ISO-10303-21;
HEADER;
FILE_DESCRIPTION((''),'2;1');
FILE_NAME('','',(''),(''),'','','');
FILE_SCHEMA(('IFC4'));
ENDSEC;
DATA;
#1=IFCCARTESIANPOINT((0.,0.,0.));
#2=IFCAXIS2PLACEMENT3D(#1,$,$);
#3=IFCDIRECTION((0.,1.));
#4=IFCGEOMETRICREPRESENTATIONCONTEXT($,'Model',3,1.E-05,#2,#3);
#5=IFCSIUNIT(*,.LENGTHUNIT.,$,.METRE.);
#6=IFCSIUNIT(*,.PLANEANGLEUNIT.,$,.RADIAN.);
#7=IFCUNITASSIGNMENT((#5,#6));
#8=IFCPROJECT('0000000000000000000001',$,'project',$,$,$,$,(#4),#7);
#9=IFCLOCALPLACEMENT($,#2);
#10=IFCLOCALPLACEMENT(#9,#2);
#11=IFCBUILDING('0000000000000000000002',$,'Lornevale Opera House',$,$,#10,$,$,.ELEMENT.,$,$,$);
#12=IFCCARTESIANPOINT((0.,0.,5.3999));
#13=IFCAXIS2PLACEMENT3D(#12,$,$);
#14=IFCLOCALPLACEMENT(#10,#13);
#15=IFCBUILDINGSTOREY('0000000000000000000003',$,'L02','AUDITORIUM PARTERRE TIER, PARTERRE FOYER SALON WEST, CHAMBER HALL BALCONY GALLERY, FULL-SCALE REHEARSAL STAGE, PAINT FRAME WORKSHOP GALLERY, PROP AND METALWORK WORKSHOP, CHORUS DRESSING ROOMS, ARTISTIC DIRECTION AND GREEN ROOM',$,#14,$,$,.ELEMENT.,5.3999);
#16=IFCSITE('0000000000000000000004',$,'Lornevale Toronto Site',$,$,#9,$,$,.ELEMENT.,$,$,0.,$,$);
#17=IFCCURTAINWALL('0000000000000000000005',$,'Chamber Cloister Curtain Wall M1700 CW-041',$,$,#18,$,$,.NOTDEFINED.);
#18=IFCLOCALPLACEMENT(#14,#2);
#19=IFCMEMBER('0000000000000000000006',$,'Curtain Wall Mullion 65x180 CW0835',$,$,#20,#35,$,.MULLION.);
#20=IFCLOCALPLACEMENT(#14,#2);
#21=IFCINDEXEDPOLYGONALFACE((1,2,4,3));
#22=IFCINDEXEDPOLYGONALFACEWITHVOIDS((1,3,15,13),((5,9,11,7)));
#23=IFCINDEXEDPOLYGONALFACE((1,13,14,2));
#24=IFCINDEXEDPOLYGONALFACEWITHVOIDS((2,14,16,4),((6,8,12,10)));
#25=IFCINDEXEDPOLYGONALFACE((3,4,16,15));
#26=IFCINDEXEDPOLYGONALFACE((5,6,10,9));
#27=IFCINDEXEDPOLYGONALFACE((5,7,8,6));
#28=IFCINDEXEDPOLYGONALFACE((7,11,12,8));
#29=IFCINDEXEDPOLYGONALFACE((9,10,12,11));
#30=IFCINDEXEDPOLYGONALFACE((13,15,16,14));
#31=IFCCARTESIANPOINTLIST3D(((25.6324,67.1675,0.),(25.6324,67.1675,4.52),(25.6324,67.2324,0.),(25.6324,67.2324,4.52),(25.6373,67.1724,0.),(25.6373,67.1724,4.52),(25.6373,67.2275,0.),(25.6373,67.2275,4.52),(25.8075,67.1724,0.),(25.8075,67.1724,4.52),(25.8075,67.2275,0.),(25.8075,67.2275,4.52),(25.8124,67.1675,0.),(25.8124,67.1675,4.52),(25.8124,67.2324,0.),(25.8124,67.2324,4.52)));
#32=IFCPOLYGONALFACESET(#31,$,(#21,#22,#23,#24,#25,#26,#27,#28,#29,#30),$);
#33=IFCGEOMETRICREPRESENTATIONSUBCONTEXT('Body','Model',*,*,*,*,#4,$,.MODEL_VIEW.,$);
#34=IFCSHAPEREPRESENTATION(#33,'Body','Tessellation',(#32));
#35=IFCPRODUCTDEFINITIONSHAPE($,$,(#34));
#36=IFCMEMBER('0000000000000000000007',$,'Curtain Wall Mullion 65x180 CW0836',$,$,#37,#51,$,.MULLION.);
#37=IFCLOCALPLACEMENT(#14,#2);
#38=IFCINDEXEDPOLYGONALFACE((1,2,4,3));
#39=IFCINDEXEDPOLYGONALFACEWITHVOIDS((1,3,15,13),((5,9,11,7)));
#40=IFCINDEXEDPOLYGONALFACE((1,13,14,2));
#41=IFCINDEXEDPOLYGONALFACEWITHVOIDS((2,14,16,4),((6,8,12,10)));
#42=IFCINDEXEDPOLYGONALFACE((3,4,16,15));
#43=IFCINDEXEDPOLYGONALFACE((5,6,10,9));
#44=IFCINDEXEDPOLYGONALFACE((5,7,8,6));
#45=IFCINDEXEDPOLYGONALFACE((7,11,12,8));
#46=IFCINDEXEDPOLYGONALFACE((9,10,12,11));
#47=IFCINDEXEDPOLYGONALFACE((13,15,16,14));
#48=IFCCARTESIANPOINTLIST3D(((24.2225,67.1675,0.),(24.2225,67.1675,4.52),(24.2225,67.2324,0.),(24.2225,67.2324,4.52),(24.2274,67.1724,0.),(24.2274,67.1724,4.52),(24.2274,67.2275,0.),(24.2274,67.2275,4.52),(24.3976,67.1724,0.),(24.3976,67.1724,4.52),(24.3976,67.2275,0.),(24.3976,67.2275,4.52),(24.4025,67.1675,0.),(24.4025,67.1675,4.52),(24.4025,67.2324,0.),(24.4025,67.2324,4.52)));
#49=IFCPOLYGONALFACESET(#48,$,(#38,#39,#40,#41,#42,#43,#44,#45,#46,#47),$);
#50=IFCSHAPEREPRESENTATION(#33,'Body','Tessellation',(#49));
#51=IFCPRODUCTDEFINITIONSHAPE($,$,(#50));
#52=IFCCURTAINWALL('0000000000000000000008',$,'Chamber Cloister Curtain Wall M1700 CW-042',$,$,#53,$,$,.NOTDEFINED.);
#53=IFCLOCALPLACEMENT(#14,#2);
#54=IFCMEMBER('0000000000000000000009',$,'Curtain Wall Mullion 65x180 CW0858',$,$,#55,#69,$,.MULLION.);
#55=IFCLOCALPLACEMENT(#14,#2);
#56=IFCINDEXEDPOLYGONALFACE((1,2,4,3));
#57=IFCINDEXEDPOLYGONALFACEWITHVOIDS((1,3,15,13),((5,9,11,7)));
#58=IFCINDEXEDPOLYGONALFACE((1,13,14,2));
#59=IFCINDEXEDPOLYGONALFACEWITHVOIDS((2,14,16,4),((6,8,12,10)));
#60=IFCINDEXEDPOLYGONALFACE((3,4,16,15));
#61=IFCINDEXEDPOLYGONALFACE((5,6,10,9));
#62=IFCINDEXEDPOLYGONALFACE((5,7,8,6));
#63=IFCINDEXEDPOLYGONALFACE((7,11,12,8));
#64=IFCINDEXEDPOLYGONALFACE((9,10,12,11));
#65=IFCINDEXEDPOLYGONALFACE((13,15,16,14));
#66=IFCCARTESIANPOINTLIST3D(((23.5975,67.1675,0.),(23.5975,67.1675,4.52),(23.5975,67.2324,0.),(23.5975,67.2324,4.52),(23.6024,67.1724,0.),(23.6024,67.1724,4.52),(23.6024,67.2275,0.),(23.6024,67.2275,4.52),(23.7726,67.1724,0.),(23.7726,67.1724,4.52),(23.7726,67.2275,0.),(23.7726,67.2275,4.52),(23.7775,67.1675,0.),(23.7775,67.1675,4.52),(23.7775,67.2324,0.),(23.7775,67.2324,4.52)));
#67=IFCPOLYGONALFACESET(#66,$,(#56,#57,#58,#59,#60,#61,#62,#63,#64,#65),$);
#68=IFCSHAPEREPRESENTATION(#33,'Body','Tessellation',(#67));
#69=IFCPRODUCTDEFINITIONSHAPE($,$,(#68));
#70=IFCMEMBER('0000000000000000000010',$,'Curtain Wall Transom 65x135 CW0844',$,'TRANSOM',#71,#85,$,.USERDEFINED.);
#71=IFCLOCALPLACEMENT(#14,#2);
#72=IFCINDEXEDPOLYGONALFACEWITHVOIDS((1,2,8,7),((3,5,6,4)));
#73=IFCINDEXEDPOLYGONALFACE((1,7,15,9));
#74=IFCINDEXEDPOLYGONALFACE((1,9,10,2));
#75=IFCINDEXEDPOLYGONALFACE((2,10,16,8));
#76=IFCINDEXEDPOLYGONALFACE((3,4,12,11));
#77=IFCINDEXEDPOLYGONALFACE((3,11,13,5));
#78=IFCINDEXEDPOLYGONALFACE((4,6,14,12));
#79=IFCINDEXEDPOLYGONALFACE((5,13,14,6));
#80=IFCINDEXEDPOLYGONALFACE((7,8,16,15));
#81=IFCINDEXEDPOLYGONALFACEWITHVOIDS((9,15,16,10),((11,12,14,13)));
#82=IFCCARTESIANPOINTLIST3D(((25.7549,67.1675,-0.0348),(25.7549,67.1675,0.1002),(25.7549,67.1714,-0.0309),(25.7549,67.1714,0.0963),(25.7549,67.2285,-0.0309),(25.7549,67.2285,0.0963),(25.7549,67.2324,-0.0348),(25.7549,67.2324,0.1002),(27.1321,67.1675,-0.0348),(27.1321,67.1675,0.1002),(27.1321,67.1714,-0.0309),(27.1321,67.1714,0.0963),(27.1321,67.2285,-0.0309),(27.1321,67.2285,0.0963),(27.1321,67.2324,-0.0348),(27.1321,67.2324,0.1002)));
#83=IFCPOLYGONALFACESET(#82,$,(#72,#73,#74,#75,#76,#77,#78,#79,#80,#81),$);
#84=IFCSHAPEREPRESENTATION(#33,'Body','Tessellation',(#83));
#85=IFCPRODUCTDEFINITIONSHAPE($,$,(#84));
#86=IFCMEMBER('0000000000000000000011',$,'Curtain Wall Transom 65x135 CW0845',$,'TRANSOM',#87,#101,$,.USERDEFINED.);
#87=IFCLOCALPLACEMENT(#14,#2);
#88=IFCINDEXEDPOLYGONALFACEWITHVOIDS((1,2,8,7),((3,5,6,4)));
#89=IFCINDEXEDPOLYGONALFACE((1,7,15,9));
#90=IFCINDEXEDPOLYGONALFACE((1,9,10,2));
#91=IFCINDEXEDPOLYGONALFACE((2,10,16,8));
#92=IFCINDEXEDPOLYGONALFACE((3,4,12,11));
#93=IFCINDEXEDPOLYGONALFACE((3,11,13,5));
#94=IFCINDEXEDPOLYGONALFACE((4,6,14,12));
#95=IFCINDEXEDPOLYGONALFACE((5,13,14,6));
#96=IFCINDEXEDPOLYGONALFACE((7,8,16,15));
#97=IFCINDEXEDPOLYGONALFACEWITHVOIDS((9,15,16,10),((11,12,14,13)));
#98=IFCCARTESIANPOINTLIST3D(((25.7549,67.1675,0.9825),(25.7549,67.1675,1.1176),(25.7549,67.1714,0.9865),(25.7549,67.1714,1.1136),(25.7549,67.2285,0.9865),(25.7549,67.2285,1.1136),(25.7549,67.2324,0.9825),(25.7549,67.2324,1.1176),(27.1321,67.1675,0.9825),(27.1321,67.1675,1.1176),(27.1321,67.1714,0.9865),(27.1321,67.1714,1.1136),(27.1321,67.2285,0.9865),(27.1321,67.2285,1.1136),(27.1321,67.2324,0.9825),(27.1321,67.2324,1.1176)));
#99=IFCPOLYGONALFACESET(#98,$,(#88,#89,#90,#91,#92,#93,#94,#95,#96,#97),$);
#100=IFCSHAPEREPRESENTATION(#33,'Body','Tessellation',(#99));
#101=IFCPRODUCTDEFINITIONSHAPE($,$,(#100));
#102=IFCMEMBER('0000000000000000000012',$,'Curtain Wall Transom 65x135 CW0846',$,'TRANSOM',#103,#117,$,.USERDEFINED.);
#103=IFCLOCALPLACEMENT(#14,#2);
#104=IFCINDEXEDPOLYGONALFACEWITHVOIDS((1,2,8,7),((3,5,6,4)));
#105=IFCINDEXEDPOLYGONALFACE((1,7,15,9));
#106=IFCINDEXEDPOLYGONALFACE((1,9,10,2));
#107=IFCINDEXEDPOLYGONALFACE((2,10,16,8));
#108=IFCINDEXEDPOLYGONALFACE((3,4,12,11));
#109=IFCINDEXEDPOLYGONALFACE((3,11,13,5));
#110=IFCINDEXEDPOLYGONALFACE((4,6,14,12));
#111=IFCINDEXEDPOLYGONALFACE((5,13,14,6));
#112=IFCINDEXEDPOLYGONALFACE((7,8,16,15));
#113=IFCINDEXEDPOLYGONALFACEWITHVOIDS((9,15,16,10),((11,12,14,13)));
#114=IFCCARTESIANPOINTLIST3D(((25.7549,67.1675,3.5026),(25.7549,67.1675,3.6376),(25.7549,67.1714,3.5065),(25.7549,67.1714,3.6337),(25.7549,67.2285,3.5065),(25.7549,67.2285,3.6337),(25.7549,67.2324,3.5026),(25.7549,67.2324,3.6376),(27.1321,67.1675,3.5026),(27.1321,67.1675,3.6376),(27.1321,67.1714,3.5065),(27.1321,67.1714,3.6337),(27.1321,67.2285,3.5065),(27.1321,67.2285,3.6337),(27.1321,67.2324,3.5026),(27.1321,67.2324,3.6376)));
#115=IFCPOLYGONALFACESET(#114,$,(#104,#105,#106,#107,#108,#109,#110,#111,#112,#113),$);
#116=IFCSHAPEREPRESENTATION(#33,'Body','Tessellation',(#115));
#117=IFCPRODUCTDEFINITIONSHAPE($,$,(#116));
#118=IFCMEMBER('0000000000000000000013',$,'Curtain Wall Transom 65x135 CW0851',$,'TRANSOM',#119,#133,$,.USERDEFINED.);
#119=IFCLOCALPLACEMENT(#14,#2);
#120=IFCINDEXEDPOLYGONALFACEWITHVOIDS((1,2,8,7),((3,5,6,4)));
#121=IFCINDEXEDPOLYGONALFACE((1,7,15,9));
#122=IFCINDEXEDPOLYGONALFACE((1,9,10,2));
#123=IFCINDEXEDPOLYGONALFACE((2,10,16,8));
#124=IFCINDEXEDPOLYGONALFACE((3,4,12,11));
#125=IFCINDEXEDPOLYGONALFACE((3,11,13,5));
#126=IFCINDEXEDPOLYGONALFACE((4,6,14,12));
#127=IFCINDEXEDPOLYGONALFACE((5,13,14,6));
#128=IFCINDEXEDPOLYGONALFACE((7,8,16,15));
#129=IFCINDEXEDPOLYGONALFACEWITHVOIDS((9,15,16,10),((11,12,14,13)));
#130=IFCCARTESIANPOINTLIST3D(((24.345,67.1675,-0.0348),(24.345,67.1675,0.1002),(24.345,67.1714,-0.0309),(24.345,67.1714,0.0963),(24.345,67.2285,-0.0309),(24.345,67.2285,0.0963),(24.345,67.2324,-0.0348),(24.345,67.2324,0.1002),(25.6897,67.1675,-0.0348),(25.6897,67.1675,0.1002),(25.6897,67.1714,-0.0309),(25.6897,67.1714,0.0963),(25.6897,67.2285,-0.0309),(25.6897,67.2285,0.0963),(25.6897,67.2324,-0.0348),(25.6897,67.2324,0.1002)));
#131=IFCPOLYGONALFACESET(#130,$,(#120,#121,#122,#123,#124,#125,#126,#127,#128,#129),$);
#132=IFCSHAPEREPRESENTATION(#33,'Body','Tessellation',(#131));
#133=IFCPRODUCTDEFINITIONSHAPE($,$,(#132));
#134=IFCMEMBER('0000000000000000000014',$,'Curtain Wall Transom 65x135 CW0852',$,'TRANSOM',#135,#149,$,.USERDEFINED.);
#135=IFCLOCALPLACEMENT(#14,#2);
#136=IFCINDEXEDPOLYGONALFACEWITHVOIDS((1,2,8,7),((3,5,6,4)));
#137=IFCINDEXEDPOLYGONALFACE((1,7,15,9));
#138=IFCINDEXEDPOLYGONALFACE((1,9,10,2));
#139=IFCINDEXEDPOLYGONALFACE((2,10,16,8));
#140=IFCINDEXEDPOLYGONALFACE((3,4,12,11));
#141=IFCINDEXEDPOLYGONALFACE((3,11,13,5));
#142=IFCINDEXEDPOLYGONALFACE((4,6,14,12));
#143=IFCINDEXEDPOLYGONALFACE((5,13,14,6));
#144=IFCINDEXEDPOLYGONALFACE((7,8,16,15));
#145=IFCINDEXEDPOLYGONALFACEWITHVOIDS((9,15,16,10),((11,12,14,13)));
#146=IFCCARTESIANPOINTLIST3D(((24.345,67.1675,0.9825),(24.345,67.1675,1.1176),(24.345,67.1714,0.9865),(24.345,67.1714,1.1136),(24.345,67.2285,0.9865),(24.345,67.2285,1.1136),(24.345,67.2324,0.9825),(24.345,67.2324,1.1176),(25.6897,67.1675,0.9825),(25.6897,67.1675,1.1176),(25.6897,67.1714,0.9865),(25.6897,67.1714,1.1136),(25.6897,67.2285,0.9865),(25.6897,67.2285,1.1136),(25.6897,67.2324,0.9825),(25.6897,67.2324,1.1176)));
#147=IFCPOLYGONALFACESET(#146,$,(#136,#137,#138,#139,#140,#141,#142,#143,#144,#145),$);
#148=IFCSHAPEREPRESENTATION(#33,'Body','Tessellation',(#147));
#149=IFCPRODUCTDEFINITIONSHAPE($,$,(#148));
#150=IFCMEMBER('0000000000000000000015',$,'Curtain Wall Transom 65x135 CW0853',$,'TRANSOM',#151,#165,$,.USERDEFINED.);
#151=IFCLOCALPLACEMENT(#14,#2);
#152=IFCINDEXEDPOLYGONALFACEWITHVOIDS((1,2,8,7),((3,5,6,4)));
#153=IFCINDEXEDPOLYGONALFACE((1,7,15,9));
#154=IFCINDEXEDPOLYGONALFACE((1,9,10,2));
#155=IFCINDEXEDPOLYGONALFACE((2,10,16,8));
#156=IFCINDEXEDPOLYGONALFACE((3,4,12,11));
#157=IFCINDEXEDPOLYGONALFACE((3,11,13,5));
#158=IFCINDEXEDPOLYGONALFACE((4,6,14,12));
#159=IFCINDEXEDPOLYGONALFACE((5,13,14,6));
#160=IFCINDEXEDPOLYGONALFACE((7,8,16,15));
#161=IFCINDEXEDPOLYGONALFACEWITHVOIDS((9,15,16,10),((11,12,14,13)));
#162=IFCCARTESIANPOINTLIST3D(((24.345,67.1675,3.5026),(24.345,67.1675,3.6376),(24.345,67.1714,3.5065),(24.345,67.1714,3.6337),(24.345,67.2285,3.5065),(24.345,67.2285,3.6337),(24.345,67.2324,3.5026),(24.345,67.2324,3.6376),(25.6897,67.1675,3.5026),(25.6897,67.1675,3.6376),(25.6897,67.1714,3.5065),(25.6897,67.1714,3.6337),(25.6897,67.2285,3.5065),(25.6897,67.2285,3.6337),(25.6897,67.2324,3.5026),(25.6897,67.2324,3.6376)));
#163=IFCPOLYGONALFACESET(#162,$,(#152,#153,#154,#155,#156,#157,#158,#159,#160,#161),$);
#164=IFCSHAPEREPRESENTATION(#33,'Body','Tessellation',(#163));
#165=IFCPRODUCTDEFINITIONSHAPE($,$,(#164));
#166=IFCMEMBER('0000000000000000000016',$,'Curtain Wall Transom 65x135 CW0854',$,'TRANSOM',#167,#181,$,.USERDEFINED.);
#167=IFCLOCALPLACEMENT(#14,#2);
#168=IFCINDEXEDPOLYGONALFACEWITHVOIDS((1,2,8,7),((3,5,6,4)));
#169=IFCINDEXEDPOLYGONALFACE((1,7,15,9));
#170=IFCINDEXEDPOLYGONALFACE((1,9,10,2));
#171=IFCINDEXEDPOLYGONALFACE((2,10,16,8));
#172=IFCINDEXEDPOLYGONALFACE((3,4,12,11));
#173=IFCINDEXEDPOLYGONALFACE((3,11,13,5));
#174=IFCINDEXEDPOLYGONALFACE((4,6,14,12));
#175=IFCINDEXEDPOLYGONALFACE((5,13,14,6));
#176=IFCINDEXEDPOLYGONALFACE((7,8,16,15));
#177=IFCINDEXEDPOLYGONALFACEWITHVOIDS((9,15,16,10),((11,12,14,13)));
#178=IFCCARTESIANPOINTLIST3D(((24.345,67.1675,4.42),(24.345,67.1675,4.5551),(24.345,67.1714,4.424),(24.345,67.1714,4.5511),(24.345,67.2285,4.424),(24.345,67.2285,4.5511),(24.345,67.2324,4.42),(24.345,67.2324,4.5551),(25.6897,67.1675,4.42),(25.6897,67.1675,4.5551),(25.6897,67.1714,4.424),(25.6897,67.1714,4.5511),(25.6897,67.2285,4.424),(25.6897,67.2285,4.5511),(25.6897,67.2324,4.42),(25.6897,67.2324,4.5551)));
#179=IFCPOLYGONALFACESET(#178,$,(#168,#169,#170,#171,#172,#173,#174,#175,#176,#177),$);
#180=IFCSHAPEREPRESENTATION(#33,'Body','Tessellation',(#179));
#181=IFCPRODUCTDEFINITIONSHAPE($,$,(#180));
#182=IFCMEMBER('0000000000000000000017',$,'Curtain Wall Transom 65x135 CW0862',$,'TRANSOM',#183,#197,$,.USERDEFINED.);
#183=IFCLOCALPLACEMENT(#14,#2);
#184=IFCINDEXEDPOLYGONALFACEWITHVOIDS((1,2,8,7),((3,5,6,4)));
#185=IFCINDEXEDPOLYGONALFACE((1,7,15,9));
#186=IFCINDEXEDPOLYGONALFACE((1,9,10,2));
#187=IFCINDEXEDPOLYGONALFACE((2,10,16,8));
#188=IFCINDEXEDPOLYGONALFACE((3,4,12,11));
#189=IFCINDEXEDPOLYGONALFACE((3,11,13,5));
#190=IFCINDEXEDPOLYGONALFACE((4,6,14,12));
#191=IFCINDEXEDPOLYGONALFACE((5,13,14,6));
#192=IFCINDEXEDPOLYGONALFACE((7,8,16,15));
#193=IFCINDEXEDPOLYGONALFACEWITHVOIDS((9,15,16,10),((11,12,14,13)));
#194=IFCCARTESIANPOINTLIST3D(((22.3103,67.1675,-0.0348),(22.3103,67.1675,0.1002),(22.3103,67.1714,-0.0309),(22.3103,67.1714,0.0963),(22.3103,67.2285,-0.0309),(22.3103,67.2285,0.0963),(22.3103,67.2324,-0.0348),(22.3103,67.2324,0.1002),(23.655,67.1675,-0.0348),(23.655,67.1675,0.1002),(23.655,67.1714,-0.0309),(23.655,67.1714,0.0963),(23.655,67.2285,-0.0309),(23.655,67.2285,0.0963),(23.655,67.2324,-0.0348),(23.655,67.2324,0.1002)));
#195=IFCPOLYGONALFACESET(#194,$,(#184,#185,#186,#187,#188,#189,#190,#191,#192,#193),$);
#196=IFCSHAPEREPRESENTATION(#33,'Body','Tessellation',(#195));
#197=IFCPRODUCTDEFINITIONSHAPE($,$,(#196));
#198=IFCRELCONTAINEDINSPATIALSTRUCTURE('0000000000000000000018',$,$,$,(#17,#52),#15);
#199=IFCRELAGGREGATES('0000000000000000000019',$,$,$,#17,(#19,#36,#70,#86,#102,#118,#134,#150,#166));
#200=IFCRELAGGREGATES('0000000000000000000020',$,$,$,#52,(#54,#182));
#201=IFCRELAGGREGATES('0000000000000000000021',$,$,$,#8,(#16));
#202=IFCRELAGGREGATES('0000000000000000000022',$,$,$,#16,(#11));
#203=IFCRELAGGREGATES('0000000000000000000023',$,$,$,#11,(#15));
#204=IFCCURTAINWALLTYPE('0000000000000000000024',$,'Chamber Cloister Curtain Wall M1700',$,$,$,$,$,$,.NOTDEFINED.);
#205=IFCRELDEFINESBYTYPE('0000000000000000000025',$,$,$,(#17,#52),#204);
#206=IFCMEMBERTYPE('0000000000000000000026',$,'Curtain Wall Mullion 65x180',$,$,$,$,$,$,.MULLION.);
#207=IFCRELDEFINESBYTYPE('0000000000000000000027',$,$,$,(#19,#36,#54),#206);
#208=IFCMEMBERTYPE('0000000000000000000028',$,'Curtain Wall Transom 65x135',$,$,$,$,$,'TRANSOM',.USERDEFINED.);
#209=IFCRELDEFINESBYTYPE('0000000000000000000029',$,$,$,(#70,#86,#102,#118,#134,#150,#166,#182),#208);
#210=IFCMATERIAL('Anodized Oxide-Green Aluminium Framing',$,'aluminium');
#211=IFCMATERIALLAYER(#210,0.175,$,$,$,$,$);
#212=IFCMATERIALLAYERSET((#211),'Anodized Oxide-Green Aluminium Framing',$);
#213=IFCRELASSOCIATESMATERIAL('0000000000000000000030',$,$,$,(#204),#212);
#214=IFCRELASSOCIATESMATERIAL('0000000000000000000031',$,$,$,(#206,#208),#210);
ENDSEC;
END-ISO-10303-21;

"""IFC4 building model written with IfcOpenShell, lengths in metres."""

from ifc_helpers import new_model, si_unit, direction, frame, origin, origin_2d, place, context, subcontext, project, spatial, hollow_rectangle, extrude, material, layer, layer_set, material_profile, profile_set, type_object, element, aggregate, save


model = new_model("IFC4")

# Units and contexts
model_context = context("Model", 3, precision=1e-05, world=origin(), true_north=direction((0.0, 1.0)))
body_context = subcontext(model_context, "Body", "Model", "MODEL_VIEW")
ifc_project = project(units=[si_unit("LENGTHUNIT", "METRE"), si_unit("PLANEANGLEUNIT", "RADIAN")], contexts=[model_context])

# Site, building, storey
site_placement = place(None, origin())
site = spatial("IfcSite", under=ifc_project, at=site_placement, Name="Lornevale Toronto Site", CompositionType="ELEMENT", RefElevation=0.0)
building_placement = place(site_placement, origin())
building = spatial("IfcBuilding", under=site, at=building_placement, Name="Lornevale Opera House", CompositionType="ELEMENT")
storey_placement = place(building_placement, frame((0.0, 0.0, 5.3999)))
storey = spatial("IfcBuildingStorey", under=building, at=storey_placement, Name="L02", Description="AUDITORIUM PARTERRE TIER, PARTERRE FOYER SALON WEST, CHAMBER HALL BALCONY GALLERY, FULL-SCALE REHEARSAL STAGE, PAINT FRAME WORKSHOP GALLERY, PROP AND METALWORK WORKSHOP, CHORUS DRESSING ROOMS, ARTISTIC DIRECTION AND GREEN ROOM", CompositionType="ELEMENT", Elevation=5.3999)

# Curtain wall, members
ifc_material_1 = material(Name="Anodized Oxide-Green Aluminium Framing", Category="aluminium")
ifc_layer_1 = layer(ifc_material_1, 0.175)
ifc_layer_set_1 = layer_set([ifc_layer_1], Name="Anodized Oxide-Green Aluminium Framing")
curtain_wall_type = type_object("IfcCurtainWallType", Name="Chamber Cloister Curtain Wall M1700", PredefinedType="NOTDEFINED", material=ifc_layer_set_1)
curtain_wall_1_placement = place(storey_placement, origin())
curtain_wall_1 = element("IfcCurtainWall", 1, at=curtain_wall_1_placement, inside=storey, type_object=curtain_wall_type, Name="Chamber Cloister Curtain Wall M1700 CW-041", PredefinedType="NOTDEFINED")
ifc_material_profile_1 = material_profile(ifc_material_1, hollow_rectangle(XDim=0.0649, YDim=0.1799, WallThickness=0.0049, at=origin_2d()), Name="ALU65x180x5")
ifc_profile_set_1 = profile_set([ifc_material_profile_1], Name="Anodized Oxide-Green Aluminium Framing")
member_type_1 = type_object("IfcMemberType", Name="Curtain Wall Mullion 65x180", PredefinedType="MULLION", material=ifc_profile_set_1)
member_1_placement = place(storey_placement, frame((25.7224, 67.2, 0.0), z_axis=(0.0, 0.0, 1.0), x_axis=(0.0, -1.0, 0.0)))
member_1 = element("IfcMember", 2, at=member_1_placement, type_object=member_type_1, Name="Curtain Wall Mullion 65x180 CW0835", PredefinedType="MULLION", context=body_context, shape_type="SweptSolid", body=[
    extrude(hollow_rectangle(XDim=0.0649, YDim=0.1799, WallThickness=0.0049, at=origin_2d()), origin(), (0.0, 0.0, 1.0), 4.52),
])
member_2_placement = place(storey_placement, frame((24.3125, 67.2, 0.0), z_axis=(0.0, 0.0, 1.0), x_axis=(0.0, -1.0, 0.0)))
member_2 = element("IfcMember", 3, at=member_2_placement, type_object=member_type_1, Name="Curtain Wall Mullion 65x180 CW0836", PredefinedType="MULLION", context=body_context, shape_type="SweptSolid", body=[
    extrude(hollow_rectangle(XDim=0.0649, YDim=0.1799, WallThickness=0.0049, at=origin_2d()), origin(), (0.0, 0.0, 1.0), 4.52),
])

# Curtain wall, member
curtain_wall_2_placement = place(storey_placement, origin())
curtain_wall_2 = element("IfcCurtainWall", 4, at=curtain_wall_2_placement, inside=storey, type_object=curtain_wall_type, Name="Chamber Cloister Curtain Wall M1700 CW-042", PredefinedType="NOTDEFINED")
member_3_placement = place(storey_placement, frame((23.6875, 67.2, 0.0), z_axis=(0.0, 0.0, 1.0), x_axis=(0.0, -1.0, 0.0)))
member_3 = element("IfcMember", 5, at=member_3_placement, type_object=member_type_1, Name="Curtain Wall Mullion 65x180 CW0858", PredefinedType="MULLION", context=body_context, shape_type="SweptSolid", body=[
    extrude(hollow_rectangle(XDim=0.0649, YDim=0.1799, WallThickness=0.0049, at=origin_2d()), origin(), (0.0, 0.0, 1.0), 4.52),
])

# Members
ifc_material_profile_2 = material_profile(ifc_material_1, hollow_rectangle(XDim=0.0649, YDim=0.135, WallThickness=0.0039, at=origin_2d()), Name="ALU65x135x4")
ifc_profile_set_2 = profile_set([ifc_material_profile_2], Name="Anodized Oxide-Green Aluminium Framing")
member_type_2 = type_object("IfcMemberType", Name="Curtain Wall Transom 65x135", ElementType="TRANSOM", PredefinedType="USERDEFINED", material=ifc_profile_set_2)
member_4_placement = place(storey_placement, frame((27.1321, 67.2, 0.0327), z_axis=(-1.0, 0.0, 0.0), x_axis=(0.0, -1.0, 0.0)))
member_4 = element("IfcMember", 6, at=member_4_placement, type_object=member_type_2, Name="Curtain Wall Transom 65x135 CW0844", ObjectType="TRANSOM", PredefinedType="USERDEFINED", context=body_context, shape_type="SweptSolid", body=[
    extrude(hollow_rectangle(XDim=0.0649, YDim=0.135, WallThickness=0.0039, at=origin_2d()), origin(), (0.0, 0.0, 1.0), 1.3772),
])
member_5_placement = place(storey_placement, frame((27.1321, 67.2, 1.05), z_axis=(-1.0, 0.0, 0.0), x_axis=(0.0, -1.0, 0.0)))
member_5 = element("IfcMember", 7, at=member_5_placement, type_object=member_type_2, Name="Curtain Wall Transom 65x135 CW0845", ObjectType="TRANSOM", PredefinedType="USERDEFINED", context=body_context, shape_type="SweptSolid", body=[
    extrude(hollow_rectangle(XDim=0.0649, YDim=0.135, WallThickness=0.0039, at=origin_2d()), origin(), (0.0, 0.0, 1.0), 1.3772),
])
member_6_placement = place(storey_placement, frame((27.1321, 67.2, 3.5701), z_axis=(-1.0, 0.0, 0.0), x_axis=(0.0, -1.0, 0.0)))
member_6 = element("IfcMember", 8, at=member_6_placement, type_object=member_type_2, Name="Curtain Wall Transom 65x135 CW0846", ObjectType="TRANSOM", PredefinedType="USERDEFINED", context=body_context, shape_type="SweptSolid", body=[
    extrude(hollow_rectangle(XDim=0.0649, YDim=0.135, WallThickness=0.0039, at=origin_2d()), origin(), (0.0, 0.0, 1.0), 1.3772),
])
member_7_placement = place(storey_placement, frame((25.6897, 67.2, 0.0327), z_axis=(-1.0, 0.0, 0.0), x_axis=(0.0, -1.0, 0.0)))
member_7 = element("IfcMember", 9, at=member_7_placement, type_object=member_type_2, Name="Curtain Wall Transom 65x135 CW0851", ObjectType="TRANSOM", PredefinedType="USERDEFINED", context=body_context, shape_type="SweptSolid", body=[
    extrude(hollow_rectangle(XDim=0.0649, YDim=0.135, WallThickness=0.0039, at=origin_2d()), origin(), (0.0, 0.0, 1.0), 1.3447),
])
member_8_placement = place(storey_placement, frame((25.6897, 67.2, 1.05), z_axis=(-1.0, 0.0, 0.0), x_axis=(0.0, -1.0, 0.0)))
member_8 = element("IfcMember", 10, at=member_8_placement, type_object=member_type_2, Name="Curtain Wall Transom 65x135 CW0852", ObjectType="TRANSOM", PredefinedType="USERDEFINED", context=body_context, shape_type="SweptSolid", body=[
    extrude(hollow_rectangle(XDim=0.0649, YDim=0.135, WallThickness=0.0039, at=origin_2d()), origin(), (0.0, 0.0, 1.0), 1.3447),
])
member_9_placement = place(storey_placement, frame((25.6897, 67.2, 3.5701), z_axis=(-1.0, 0.0, 0.0), x_axis=(0.0, -1.0, 0.0)))
member_9 = element("IfcMember", 11, at=member_9_placement, type_object=member_type_2, Name="Curtain Wall Transom 65x135 CW0853", ObjectType="TRANSOM", PredefinedType="USERDEFINED", context=body_context, shape_type="SweptSolid", body=[
    extrude(hollow_rectangle(XDim=0.0649, YDim=0.135, WallThickness=0.0039, at=origin_2d()), origin(), (0.0, 0.0, 1.0), 1.3447),
])
member_10_placement = place(storey_placement, frame((25.6897, 67.2, 4.4875), z_axis=(-1.0, 0.0, 0.0), x_axis=(0.0, -1.0, 0.0)))
member_10 = element("IfcMember", 12, at=member_10_placement, type_object=member_type_2, Name="Curtain Wall Transom 65x135 CW0854", ObjectType="TRANSOM", PredefinedType="USERDEFINED", context=body_context, shape_type="SweptSolid", body=[
    extrude(hollow_rectangle(XDim=0.0649, YDim=0.135, WallThickness=0.0039, at=origin_2d()), origin(), (0.0, 0.0, 1.0), 1.3447),
])
member_11_placement = place(storey_placement, frame((23.655, 67.2, 0.0327), z_axis=(-1.0, 0.0, 0.0), x_axis=(0.0, -1.0, 0.0)))
member_11 = element("IfcMember", 13, at=member_11_placement, type_object=member_type_2, Name="Curtain Wall Transom 65x135 CW0862", ObjectType="TRANSOM", PredefinedType="USERDEFINED", context=body_context, shape_type="SweptSolid", body=[
    extrude(hollow_rectangle(XDim=0.0649, YDim=0.135, WallThickness=0.0039, at=origin_2d()), origin(), (0.0, 0.0, 1.0), 1.3447),
])

aggregate(curtain_wall_1, [member_1, member_2, member_4, member_5, member_6, member_7, member_8, member_9, member_10])
aggregate(curtain_wall_2, [member_3, member_11])

save(model, "model.ifc")
